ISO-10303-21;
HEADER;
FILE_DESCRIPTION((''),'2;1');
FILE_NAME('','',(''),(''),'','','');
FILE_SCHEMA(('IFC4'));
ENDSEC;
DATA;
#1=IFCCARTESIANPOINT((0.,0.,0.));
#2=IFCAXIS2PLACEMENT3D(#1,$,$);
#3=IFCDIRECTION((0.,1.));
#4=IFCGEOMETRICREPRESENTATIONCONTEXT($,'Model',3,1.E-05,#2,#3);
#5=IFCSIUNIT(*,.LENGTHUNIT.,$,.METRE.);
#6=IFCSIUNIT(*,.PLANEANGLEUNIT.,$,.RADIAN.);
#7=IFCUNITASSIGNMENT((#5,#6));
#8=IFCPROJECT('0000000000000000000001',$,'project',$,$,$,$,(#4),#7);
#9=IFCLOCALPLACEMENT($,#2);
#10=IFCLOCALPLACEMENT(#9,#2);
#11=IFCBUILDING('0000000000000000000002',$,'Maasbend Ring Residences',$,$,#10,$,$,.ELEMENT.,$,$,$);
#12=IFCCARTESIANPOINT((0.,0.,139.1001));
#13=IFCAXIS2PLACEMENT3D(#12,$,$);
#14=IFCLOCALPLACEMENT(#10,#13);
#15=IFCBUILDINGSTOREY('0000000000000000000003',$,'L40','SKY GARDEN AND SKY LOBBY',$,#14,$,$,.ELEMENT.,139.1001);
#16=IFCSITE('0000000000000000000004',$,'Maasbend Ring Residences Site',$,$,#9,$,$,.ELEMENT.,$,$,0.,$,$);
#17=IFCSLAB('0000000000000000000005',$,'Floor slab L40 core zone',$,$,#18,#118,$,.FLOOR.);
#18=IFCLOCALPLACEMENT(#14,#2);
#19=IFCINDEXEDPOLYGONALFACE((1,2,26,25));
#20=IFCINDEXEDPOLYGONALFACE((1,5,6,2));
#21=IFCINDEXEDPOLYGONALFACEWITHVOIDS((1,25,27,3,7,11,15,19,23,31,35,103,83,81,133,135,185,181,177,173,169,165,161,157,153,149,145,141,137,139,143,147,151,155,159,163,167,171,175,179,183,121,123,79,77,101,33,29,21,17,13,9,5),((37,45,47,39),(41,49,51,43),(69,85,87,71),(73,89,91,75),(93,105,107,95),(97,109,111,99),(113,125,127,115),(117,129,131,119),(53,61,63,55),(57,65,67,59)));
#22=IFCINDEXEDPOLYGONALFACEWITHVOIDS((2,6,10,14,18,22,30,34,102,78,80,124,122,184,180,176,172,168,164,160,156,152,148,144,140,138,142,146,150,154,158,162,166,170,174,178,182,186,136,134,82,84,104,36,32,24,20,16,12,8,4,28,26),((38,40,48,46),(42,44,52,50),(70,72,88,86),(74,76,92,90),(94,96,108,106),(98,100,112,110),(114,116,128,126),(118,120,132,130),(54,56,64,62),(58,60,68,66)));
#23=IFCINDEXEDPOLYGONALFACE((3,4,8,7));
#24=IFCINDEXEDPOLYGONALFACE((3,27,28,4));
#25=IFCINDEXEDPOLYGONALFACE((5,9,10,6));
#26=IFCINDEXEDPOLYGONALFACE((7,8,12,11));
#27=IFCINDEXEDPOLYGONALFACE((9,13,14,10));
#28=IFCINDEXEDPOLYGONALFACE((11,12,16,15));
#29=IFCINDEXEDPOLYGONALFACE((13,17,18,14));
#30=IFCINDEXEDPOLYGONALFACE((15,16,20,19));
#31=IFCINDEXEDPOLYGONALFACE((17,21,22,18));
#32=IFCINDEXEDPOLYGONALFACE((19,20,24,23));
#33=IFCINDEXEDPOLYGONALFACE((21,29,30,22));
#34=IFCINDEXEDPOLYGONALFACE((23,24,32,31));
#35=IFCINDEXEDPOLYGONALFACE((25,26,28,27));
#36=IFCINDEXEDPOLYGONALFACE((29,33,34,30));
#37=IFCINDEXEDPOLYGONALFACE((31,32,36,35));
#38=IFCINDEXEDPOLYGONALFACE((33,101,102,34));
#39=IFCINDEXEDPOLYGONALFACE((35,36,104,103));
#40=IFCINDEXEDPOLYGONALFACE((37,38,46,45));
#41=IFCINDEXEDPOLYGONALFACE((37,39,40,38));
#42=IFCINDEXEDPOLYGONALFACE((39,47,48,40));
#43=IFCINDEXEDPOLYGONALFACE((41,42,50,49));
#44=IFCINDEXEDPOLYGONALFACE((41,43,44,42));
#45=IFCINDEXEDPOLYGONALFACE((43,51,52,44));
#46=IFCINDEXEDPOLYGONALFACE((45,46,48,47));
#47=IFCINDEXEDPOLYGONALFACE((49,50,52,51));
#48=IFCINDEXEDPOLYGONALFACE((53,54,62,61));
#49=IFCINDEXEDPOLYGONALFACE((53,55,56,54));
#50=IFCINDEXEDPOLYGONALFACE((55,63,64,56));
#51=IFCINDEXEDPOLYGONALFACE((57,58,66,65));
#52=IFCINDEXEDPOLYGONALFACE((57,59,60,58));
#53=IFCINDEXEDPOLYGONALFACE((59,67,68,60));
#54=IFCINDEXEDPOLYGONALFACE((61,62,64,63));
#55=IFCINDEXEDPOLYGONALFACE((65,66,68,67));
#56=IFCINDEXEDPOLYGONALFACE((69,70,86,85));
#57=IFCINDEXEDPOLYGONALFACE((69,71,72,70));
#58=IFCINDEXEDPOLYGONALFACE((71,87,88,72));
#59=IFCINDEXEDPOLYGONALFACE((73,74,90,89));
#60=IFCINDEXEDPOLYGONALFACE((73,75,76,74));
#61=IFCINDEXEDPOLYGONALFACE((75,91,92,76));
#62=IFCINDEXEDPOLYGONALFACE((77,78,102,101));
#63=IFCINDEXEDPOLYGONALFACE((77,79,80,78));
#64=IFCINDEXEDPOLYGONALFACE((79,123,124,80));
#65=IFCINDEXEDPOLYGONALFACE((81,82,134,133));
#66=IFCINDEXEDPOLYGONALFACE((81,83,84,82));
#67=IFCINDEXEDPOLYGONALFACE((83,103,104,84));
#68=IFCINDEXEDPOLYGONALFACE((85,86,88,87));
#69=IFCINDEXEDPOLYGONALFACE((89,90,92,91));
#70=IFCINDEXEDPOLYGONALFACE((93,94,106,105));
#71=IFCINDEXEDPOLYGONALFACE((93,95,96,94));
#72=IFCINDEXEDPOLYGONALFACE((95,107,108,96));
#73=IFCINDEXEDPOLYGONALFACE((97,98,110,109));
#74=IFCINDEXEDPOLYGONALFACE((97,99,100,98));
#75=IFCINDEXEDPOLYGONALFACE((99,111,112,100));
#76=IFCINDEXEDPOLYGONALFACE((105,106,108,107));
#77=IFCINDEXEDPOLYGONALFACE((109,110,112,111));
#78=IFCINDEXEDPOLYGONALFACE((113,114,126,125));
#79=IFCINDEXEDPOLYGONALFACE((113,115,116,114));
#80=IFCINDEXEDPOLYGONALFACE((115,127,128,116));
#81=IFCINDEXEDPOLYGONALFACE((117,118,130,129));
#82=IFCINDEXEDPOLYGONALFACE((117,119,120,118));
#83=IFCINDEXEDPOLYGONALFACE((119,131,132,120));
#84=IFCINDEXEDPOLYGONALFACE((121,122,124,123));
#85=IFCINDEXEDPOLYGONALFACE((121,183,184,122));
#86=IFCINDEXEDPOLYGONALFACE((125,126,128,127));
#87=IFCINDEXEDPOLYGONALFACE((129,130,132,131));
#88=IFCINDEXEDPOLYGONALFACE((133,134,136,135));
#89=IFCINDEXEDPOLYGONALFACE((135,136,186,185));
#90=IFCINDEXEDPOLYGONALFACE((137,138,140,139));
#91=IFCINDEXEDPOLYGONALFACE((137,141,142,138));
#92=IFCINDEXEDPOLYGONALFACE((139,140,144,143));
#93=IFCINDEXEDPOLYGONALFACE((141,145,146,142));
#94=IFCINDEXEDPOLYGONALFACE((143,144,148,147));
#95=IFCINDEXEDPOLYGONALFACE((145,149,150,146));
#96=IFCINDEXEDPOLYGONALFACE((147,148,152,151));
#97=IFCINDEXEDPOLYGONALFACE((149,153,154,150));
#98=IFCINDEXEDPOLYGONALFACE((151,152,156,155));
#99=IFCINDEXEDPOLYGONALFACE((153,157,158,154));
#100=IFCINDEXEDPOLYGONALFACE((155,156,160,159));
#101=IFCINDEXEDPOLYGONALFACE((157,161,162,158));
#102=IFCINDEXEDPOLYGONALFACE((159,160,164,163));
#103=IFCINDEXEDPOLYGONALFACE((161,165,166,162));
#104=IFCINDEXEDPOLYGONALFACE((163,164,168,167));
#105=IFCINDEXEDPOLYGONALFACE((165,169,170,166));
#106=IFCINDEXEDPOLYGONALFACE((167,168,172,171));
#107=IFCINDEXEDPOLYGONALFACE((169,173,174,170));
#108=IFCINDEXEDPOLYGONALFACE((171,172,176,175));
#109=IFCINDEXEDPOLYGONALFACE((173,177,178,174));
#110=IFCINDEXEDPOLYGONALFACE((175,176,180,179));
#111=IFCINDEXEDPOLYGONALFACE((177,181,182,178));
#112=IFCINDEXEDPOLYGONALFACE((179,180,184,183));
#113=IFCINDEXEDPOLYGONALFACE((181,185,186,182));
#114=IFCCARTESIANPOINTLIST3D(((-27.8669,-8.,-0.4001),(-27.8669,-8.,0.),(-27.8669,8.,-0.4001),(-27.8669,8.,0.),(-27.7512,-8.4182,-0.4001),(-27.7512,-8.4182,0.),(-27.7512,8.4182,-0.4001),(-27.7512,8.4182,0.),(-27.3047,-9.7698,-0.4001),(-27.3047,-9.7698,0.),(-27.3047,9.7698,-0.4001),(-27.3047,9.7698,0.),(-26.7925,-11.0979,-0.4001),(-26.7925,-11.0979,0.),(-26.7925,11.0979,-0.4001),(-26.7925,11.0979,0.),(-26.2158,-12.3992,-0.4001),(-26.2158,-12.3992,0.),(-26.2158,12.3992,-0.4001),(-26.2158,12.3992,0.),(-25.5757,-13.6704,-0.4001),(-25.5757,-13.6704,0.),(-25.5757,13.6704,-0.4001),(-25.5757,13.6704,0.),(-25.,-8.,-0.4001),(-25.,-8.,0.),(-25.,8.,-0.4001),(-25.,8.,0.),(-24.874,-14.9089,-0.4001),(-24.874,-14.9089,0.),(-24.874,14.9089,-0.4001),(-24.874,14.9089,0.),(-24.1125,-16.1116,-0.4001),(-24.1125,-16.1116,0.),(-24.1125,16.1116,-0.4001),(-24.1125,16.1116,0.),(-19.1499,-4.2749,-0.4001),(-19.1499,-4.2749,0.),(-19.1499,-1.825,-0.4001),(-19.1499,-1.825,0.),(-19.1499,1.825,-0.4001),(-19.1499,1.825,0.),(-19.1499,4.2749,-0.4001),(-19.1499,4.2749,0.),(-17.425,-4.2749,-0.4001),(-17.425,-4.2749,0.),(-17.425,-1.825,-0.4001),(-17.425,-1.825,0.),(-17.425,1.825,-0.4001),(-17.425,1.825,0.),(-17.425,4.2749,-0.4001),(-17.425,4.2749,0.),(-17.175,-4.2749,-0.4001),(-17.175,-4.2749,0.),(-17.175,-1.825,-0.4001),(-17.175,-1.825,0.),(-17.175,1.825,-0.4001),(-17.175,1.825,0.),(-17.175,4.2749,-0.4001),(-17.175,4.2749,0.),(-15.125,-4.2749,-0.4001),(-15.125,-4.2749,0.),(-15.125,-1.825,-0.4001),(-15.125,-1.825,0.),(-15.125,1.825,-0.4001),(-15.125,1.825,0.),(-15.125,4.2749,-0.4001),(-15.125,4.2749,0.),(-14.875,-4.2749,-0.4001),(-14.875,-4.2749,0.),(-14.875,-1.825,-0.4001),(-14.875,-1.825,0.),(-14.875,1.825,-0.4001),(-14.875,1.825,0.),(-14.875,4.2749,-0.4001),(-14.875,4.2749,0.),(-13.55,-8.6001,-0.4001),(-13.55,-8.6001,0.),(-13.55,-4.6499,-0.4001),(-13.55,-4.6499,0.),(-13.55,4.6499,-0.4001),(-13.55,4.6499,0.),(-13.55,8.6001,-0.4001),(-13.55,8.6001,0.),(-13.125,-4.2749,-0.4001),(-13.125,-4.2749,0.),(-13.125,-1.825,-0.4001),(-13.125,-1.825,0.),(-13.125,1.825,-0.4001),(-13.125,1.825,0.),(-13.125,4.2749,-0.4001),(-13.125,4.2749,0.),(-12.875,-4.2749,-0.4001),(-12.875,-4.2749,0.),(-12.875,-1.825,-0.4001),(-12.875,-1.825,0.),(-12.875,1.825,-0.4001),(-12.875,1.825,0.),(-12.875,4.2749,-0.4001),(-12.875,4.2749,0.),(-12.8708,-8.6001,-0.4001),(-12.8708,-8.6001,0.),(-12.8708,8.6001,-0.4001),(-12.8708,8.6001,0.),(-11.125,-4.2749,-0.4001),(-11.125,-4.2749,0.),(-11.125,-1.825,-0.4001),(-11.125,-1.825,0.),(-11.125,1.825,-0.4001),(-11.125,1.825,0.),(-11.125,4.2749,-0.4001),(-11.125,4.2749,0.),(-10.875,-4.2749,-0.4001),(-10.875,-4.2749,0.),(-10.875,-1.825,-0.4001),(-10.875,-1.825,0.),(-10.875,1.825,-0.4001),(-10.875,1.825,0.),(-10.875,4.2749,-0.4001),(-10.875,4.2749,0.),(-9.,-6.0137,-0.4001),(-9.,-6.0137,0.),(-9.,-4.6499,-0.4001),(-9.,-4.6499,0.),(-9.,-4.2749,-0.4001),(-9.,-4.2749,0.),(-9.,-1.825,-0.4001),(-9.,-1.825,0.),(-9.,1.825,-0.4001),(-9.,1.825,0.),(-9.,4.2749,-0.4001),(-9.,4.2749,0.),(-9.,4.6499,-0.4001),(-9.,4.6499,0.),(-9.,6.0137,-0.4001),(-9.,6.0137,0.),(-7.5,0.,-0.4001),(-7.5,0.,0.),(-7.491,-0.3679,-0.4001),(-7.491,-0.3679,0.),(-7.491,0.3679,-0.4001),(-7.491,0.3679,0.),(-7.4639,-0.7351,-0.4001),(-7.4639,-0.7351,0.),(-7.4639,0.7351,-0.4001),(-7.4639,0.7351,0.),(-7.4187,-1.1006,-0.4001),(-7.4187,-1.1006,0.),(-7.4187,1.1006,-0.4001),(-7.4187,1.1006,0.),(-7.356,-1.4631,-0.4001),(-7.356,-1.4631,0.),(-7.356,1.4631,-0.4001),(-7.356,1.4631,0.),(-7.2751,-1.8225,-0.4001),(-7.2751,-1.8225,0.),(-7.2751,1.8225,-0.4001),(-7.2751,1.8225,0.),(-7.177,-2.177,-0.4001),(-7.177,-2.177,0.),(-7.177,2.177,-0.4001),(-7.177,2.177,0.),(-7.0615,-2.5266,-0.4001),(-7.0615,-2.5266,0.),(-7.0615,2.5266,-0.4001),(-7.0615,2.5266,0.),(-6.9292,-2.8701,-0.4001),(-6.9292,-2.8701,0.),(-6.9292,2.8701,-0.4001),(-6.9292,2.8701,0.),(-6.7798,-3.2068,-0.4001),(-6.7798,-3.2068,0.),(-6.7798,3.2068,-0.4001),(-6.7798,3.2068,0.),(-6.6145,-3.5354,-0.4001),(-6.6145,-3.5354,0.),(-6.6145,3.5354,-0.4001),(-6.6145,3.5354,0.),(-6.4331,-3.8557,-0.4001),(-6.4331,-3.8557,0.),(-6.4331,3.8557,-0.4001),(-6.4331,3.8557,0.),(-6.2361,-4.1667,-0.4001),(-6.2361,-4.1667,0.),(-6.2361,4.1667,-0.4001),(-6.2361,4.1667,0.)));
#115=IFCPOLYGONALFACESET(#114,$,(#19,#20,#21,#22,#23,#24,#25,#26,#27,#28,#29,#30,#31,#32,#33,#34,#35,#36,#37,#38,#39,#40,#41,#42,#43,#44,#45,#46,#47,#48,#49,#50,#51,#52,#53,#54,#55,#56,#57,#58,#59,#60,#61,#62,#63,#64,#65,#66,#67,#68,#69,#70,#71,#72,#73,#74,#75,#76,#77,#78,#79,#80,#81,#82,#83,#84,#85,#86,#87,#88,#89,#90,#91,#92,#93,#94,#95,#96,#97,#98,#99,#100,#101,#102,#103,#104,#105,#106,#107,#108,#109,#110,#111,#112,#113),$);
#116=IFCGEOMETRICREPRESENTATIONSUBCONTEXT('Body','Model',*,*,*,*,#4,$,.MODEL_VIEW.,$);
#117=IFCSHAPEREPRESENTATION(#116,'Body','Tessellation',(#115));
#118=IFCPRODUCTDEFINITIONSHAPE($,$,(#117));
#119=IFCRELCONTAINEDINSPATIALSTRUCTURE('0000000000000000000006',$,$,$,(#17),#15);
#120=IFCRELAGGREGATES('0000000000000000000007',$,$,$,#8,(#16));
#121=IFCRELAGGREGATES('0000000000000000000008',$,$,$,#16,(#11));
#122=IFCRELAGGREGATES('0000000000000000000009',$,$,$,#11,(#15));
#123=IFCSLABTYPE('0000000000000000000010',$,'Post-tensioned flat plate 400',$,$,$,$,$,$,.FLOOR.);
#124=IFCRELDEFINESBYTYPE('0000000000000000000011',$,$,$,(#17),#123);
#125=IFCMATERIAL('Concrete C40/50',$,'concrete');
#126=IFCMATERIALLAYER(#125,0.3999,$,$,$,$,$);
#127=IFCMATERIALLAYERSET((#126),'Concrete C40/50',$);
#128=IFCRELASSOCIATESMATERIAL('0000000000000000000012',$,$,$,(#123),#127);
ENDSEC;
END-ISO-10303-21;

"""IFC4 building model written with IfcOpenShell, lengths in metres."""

from ifc_helpers import new_model, si_unit, direction, frame, origin, place, context, subcontext, project, spatial, polyline, outline, extrude, material, layer, layer_set, type_object, element, save


model = new_model("IFC4")

# Units and contexts
model_context = context("Model", 3, precision=1e-05, world=origin(), true_north=direction((0.0, 1.0)))
body_context = subcontext(model_context, "Body", "Model", "MODEL_VIEW")
ifc_project = project(units=[si_unit("LENGTHUNIT", "METRE"), si_unit("PLANEANGLEUNIT", "RADIAN")], contexts=[model_context])

# Site, building, storey
site_placement = place(None, origin())
site = spatial("IfcSite", under=ifc_project, at=site_placement, Name="Maasbend Ring Residences Site", CompositionType="ELEMENT", RefElevation=0.0)
building_placement = place(site_placement, origin())
building = spatial("IfcBuilding", under=site, at=building_placement, Name="Maasbend Ring Residences", CompositionType="ELEMENT")
storey_placement = place(building_placement, frame((0.0, 0.0, 139.1001)))
storey = spatial("IfcBuildingStorey", under=building, at=storey_placement, Name="L40", Description="SKY GARDEN AND SKY LOBBY", CompositionType="ELEMENT", Elevation=139.1001)

# Slab
ifc_material_1 = material(Name="Concrete C40/50", Category="concrete")
ifc_layer_1 = layer(ifc_material_1, 0.3999)
ifc_layer_set_1 = layer_set([ifc_layer_1], Name="Concrete C40/50")
slab_type_1 = type_object("IfcSlabType", Name="Post-tensioned flat plate 400", PredefinedType="FLOOR", material=ifc_layer_set_1)
slab_1_placement = place(storey_placement, frame((0.0, 0.0, -0.4001)))
element("IfcSlab", 1, at=slab_1_placement, inside=storey, type_object=slab_type_1, Name="Floor slab L40 core zone", PredefinedType="FLOOR", context=body_context, shape_type="SweptSolid", body=[
    extrude(outline(polyline([(-24.1125, -16.1116), (-12.8708, -8.6001), (-13.55, -8.6001), (-13.55, -4.6499), (-9.0, -4.6499), (-9.0, -6.0137), (-6.2361, -4.1667), (-6.4331, -3.8557), (-6.6145, -3.5354), (-6.7798, -3.2068), (-6.9292, -2.8701), (-7.0615, -2.5266), (-7.177, -2.177), (-7.2751, -1.8225), (-7.356, -1.4631), (-7.4187, -1.1006), (-7.4639, -0.7351), (-7.491, -0.3679), (-7.5, 0.0), (-7.491, 0.3679), (-7.4639, 0.7351), (-7.4187, 1.1006), (-7.356, 1.4631), (-7.2751, 1.8225), (-7.177, 2.177), (-7.0615, 2.5266), (-6.9292, 2.8701), (-6.7798, 3.2068), (-6.6145, 3.5354), (-6.4331, 3.8557), (-6.2361, 4.1667), (-9.0, 6.0137), (-9.0, 4.6499), (-13.55, 4.6499), (-13.55, 8.6001), (-12.8708, 8.6001), (-24.1125, 16.1116), (-24.1125, 16.1116), (-24.874, 14.9089), (-25.5757, 13.6704), (-26.2158, 12.3992), (-26.7925, 11.0979), (-27.3047, 9.7698), (-27.7512, 8.4182), (-27.8669, 8.0), (-25.0, 8.0), (-25.0, -8.0), (-27.8669, -8.0), (-27.7512, -8.4182), (-27.3047, -9.7698), (-26.7925, -11.0979), (-26.2158, -12.3992), (-25.5757, -13.6704), (-24.874, -14.9089), (-24.1125, -16.1116)]), holes=[polyline([(-10.875, -1.825), (-9.0, -1.825), (-9.0, -4.2749), (-10.875, -4.2749), (-10.875, -1.825)]), polyline([(-9.0, 4.2749), (-9.0, 1.825), (-10.875, 1.825), (-10.875, 4.2749), (-9.0, 4.2749)]), polyline([(-11.125, -1.825), (-11.125, -4.2749), (-12.875, -4.2749), (-12.875, -1.825), (-11.125, -1.825)]), polyline([(-11.125, 4.2749), (-11.125, 1.825), (-12.875, 1.825), (-12.875, 4.2749), (-11.125, 4.2749)]), polyline([(-13.125, -1.825), (-13.125, -4.2749), (-14.875, -4.2749), (-14.875, -1.825), (-13.125, -1.825)]), polyline([(-14.875, 4.2749), (-13.125, 4.2749), (-13.125, 1.825), (-14.875, 1.825), (-14.875, 4.2749)]), polyline([(-17.175, -1.825), (-15.125, -1.825), (-15.125, -4.2749), (-17.175, -4.2749), (-17.175, -1.825)]), polyline([(-15.125, 4.2749), (-15.125, 1.825), (-17.175, 1.825), (-17.175, 4.2749), (-15.125, 4.2749)]), polyline([(-19.1499, -1.825), (-17.425, -1.825), (-17.425, -4.2749), (-19.1499, -4.2749), (-19.1499, -1.825)]), polyline([(-17.425, 4.2749), (-17.425, 1.825), (-19.1499, 1.825), (-19.1499, 4.2749), (-17.425, 4.2749)])]), origin(), (0.0, 0.0, 1.0), 0.4001),
])

save(model, "model.ifc")
